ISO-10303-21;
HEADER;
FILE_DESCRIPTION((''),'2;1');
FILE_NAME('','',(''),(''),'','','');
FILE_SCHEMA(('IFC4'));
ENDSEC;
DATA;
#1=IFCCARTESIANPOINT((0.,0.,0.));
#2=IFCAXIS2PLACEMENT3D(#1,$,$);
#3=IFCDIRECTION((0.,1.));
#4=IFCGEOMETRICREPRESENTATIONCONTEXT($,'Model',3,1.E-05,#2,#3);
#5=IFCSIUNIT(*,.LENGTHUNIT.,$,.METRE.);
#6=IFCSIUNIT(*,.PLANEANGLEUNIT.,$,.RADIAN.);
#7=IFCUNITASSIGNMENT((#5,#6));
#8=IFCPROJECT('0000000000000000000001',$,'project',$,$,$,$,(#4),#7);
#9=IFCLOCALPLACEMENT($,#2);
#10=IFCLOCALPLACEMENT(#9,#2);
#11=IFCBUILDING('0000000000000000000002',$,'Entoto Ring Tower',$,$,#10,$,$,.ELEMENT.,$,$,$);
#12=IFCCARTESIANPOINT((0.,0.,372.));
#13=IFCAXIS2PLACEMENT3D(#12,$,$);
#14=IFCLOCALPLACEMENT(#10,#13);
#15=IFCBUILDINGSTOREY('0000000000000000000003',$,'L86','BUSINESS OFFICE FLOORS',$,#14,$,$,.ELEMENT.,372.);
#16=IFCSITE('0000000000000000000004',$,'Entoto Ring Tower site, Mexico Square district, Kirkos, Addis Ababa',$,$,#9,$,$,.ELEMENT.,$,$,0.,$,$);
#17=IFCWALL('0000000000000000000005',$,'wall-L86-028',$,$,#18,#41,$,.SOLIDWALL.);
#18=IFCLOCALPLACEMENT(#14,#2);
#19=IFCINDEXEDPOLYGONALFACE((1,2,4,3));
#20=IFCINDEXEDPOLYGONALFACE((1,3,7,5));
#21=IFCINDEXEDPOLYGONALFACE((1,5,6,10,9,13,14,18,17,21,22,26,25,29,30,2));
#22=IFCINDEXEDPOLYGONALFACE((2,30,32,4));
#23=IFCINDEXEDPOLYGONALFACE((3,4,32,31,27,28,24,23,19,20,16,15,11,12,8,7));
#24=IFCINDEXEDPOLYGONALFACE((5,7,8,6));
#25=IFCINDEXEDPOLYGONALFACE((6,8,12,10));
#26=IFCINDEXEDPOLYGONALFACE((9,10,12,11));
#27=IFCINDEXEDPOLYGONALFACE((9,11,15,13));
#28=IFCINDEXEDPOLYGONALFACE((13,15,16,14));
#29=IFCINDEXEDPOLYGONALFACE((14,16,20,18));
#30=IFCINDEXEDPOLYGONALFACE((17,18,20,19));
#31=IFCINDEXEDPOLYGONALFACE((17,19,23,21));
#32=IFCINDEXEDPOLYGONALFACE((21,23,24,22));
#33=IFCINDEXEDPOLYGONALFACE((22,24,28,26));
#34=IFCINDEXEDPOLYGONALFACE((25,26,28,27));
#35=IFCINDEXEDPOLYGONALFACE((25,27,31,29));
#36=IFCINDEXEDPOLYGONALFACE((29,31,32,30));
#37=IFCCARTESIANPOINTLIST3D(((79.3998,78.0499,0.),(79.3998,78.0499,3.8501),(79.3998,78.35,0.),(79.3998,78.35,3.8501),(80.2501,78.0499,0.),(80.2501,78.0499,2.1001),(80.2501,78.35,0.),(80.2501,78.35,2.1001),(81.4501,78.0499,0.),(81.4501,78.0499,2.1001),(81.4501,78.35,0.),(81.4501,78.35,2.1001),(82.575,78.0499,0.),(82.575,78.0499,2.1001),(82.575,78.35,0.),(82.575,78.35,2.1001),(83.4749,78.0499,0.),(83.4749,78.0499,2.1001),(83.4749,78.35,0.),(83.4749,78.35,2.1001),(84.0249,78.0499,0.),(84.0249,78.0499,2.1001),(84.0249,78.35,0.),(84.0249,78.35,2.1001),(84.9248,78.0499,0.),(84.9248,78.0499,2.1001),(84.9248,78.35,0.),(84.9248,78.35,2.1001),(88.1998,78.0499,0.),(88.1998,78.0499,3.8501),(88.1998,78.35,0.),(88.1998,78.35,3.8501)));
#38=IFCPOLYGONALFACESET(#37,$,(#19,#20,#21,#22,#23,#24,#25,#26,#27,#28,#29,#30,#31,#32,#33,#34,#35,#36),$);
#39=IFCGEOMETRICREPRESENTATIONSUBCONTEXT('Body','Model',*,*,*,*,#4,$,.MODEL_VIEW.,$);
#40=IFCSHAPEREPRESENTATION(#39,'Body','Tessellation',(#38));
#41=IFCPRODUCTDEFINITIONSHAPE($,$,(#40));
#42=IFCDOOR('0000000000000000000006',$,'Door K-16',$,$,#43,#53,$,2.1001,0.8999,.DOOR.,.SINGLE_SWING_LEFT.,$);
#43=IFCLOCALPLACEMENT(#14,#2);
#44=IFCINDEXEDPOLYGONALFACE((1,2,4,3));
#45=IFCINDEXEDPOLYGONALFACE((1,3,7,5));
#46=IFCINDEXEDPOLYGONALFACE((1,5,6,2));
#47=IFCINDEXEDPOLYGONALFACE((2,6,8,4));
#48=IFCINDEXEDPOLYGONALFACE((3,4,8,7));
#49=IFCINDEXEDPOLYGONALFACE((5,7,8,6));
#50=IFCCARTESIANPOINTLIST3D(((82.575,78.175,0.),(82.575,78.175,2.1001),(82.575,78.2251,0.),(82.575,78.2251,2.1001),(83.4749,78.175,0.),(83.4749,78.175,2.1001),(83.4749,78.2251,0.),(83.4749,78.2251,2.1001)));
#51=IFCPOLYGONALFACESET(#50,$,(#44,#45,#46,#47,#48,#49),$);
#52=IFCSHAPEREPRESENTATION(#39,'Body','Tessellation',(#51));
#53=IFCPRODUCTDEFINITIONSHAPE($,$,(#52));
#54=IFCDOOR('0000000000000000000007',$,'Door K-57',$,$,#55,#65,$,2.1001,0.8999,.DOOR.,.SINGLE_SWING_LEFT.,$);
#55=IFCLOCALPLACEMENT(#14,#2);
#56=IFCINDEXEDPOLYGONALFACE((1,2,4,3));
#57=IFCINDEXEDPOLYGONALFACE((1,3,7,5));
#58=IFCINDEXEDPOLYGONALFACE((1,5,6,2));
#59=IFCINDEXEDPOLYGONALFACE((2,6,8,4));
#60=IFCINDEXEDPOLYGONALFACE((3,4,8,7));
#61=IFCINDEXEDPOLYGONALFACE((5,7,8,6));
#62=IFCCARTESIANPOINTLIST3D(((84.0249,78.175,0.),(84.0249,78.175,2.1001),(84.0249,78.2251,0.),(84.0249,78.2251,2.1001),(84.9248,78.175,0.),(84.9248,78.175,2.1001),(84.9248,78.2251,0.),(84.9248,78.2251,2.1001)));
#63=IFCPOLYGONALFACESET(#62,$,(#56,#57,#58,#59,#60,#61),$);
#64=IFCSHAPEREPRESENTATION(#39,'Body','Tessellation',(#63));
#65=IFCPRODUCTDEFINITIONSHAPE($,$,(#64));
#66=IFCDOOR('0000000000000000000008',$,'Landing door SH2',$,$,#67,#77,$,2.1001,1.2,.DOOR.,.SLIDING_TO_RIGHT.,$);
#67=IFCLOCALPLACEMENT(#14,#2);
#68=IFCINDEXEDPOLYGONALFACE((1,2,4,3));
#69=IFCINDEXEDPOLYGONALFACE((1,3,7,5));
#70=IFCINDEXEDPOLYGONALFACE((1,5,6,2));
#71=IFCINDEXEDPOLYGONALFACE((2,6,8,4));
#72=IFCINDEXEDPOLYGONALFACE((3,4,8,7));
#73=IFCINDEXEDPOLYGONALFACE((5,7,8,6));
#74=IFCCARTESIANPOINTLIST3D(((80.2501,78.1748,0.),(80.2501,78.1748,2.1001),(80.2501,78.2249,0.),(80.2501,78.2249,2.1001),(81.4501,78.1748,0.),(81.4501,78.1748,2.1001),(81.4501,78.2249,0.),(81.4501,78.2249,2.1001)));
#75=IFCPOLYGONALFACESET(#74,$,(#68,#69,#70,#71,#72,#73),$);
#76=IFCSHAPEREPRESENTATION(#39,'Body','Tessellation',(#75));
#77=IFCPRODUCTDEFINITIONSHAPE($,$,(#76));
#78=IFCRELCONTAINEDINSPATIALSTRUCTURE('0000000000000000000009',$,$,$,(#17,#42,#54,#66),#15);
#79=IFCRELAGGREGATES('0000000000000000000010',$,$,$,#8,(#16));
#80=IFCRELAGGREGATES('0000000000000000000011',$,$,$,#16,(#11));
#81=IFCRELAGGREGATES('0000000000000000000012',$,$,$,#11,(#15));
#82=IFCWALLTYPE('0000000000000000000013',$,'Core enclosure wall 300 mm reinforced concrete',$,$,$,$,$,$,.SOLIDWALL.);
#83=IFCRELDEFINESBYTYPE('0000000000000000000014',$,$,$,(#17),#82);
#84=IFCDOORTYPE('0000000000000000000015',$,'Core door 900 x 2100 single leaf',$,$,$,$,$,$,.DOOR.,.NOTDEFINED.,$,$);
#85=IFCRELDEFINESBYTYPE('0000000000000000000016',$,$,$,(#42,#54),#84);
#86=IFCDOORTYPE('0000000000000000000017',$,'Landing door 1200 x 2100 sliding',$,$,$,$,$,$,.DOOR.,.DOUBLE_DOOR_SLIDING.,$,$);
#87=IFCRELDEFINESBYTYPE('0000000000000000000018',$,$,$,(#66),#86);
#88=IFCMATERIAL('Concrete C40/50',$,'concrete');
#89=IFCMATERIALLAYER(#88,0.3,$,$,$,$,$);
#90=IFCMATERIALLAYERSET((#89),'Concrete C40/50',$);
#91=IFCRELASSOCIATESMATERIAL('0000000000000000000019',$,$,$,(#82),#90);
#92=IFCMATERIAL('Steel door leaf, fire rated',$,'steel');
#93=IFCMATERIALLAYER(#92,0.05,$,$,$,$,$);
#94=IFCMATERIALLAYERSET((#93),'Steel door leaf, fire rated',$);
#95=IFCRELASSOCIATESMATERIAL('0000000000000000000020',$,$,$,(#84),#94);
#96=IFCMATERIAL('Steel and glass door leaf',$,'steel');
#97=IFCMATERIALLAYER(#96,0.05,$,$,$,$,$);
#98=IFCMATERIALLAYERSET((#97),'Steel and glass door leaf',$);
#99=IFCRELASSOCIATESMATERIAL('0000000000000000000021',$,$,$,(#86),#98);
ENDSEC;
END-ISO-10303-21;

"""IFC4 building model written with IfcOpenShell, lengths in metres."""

from ifc_helpers import new_model, si_unit, direction, frame, frame_2d, origin, place, context, subcontext, project, spatial, rectangle, extrude, material, layer, layer_set, type_object, element, fill, save


model = new_model("IFC4")

# Units and contexts
model_context = context("Model", 3, precision=1e-05, world=origin(), true_north=direction((0.0, 1.0)))
body_context = subcontext(model_context, "Body", "Model", "MODEL_VIEW")
ifc_project = project(units=[si_unit("LENGTHUNIT", "METRE"), si_unit("PLANEANGLEUNIT", "RADIAN")], contexts=[model_context])

# Site, building, storey
site_placement = place(None, origin())
site = spatial("IfcSite", under=ifc_project, at=site_placement, Name="Entoto Ring Tower site, Mexico Square district, Kirkos, Addis Ababa", CompositionType="ELEMENT", RefElevation=0.0)
building_placement = place(site_placement, origin())
building = spatial("IfcBuilding", under=site, at=building_placement, Name="Entoto Ring Tower", CompositionType="ELEMENT")
storey_placement = place(building_placement, frame((0.0, 0.0, 372.0)))
storey = spatial("IfcBuildingStorey", under=building, at=storey_placement, Name="L86", Description="BUSINESS OFFICE FLOORS", CompositionType="ELEMENT", Elevation=372.0)

# Shared definitions
ifc_material_1 = material(Name="Concrete C40/50", Category="concrete")
ifc_layer_1 = layer(ifc_material_1, 0.3)
ifc_layer_set_1 = layer_set([ifc_layer_1], Name="Concrete C40/50")
wall_type = type_object("IfcWallType", Name="Core enclosure wall 300 mm reinforced concrete", PredefinedType="SOLIDWALL", material=ifc_layer_set_1)

# Wall, openings, doors
wall_1_placement = place(storey_placement, frame((79.3999, 78.2, 0.0), z_axis=(0.0, 0.0, 1.0), x_axis=(1.0, 0.0, 0.0)))
wall_1 = element("IfcWall", 1, at=wall_1_placement, inside=storey, type_object=wall_type, Name="wall-L86-028", PredefinedType="SOLIDWALL", context=body_context, shape_type="SweptSolid", body=[
    extrude(rectangle(XDim=8.8, YDim=0.3, at=frame_2d((4.3999, 0.0))), origin(), (0.0, 0.0, 1.0), 3.8501),
])
opening_1_placement = place(wall_1_placement, frame((0.8501, 0.0, 0.0)))
opening_1 = element("IfcOpeningElement", 2, at=opening_1_placement, cuts=wall_1, PredefinedType="OPENING", context=body_context, shape_type="SweptSolid", body=[
    extrude(rectangle(XDim=1.2, YDim=2.1001, at=frame_2d((0.6001, 1.05))), frame((0.0, 0.1602, 0.0), z_axis=(0.0, -1.0, 0.0), x_axis=(1.0, 0.0, 0.0)), (0.0, 0.0, 1.0), 0.3201),
])
opening_2_placement = place(wall_1_placement, frame((3.175, 0.0, 0.0)))
opening_2 = element("IfcOpeningElement", 3, at=opening_2_placement, cuts=wall_1, PredefinedType="OPENING", context=body_context, shape_type="SweptSolid", body=[
    extrude(rectangle(XDim=0.8999, YDim=2.1001, at=frame_2d((0.45, 1.05))), frame((0.0, 0.1602, 0.0), z_axis=(0.0, -1.0, 0.0), x_axis=(1.0, 0.0, 0.0)), (0.0, 0.0, 1.0), 0.3201),
])
opening_3_placement = place(wall_1_placement, frame((4.625, 0.0, 0.0)))
opening_3 = element("IfcOpeningElement", 4, at=opening_3_placement, cuts=wall_1, PredefinedType="OPENING", context=body_context, shape_type="SweptSolid", body=[
    extrude(rectangle(XDim=0.8999, YDim=2.1001, at=frame_2d((0.45, 1.05))), frame((0.0, 0.1602, 0.0), z_axis=(0.0, -1.0, 0.0), x_axis=(1.0, 0.0, 0.0)), (0.0, 0.0, 1.0), 0.3201),
])
ifc_material_2 = material(Name="Steel door leaf, fire rated", Category="steel")
ifc_layer_2 = layer(ifc_material_2, 0.05)
ifc_layer_set_2 = layer_set([ifc_layer_2], Name="Steel door leaf, fire rated")
door_type_1 = type_object("IfcDoorType", Name="Core door 900 x 2100 single leaf", OperationType="NOTDEFINED", PredefinedType="DOOR", material=ifc_layer_set_2)
door_1_placement = place(opening_2_placement, frame((0.8999, 0.0, 0.0), z_axis=(0.0, 0.0, 1.0), x_axis=(-1.0, 0.0, 0.0)))
door_1 = element("IfcDoor", 5, at=door_1_placement, inside=storey, type_object=door_type_1, Name="Door K-16", OperationType="SINGLE_SWING_LEFT", OverallHeight=2.1001, OverallWidth=0.8999, PredefinedType="DOOR", context=body_context, shape_type="SweptSolid", body=[
    extrude(rectangle(XDim=0.8999, YDim=2.1001, at=frame_2d((0.45, 1.05))), frame((0.0, 0.0249, 0.0), z_axis=(0.0, -1.0, 0.0), x_axis=(1.0, 0.0, 0.0)), (0.0, 0.0, 1.0), 0.05),
])
fill(opening_2, door_1)
door_2_placement = place(opening_3_placement, frame((0.8999, 0.0, 0.0), z_axis=(0.0, 0.0, 1.0), x_axis=(-1.0, 0.0, 0.0)))
door_2 = element("IfcDoor", 6, at=door_2_placement, inside=storey, type_object=door_type_1, Name="Door K-57", OperationType="SINGLE_SWING_LEFT", OverallHeight=2.1001, OverallWidth=0.8999, PredefinedType="DOOR", context=body_context, shape_type="SweptSolid", body=[
    extrude(rectangle(XDim=0.8999, YDim=2.1001, at=frame_2d((0.45, 1.05))), frame((0.0, 0.0249, 0.0), z_axis=(0.0, -1.0, 0.0), x_axis=(1.0, 0.0, 0.0)), (0.0, 0.0, 1.0), 0.05),
])
fill(opening_3, door_2)
ifc_material_3 = material(Name="Steel and glass door leaf", Category="steel")
ifc_layer_3 = layer(ifc_material_3, 0.05)
ifc_layer_set_3 = layer_set([ifc_layer_3], Name="Steel and glass door leaf")
door_type_2 = type_object("IfcDoorType", Name="Landing door 1200 x 2100 sliding", OperationType="DOUBLE_DOOR_SLIDING", PredefinedType="DOOR", material=ifc_layer_set_3)
door_3_placement = place(opening_1_placement, origin())
door_3 = element("IfcDoor", 7, at=door_3_placement, inside=storey, type_object=door_type_2, Name="Landing door SH2", OperationType="SLIDING_TO_RIGHT", OverallHeight=2.1001, OverallWidth=1.2, PredefinedType="DOOR", context=body_context, shape_type="SweptSolid", body=[
    extrude(rectangle(XDim=1.2, YDim=2.1001, at=frame_2d((0.6001, 1.05))), frame((0.0, 0.0249, 0.0), z_axis=(0.0, -1.0, 0.0), x_axis=(1.0, 0.0, 0.0)), (0.0, 0.0, 1.0), 0.05),
])
fill(opening_1, door_3)

save(model, "model.ifc")
